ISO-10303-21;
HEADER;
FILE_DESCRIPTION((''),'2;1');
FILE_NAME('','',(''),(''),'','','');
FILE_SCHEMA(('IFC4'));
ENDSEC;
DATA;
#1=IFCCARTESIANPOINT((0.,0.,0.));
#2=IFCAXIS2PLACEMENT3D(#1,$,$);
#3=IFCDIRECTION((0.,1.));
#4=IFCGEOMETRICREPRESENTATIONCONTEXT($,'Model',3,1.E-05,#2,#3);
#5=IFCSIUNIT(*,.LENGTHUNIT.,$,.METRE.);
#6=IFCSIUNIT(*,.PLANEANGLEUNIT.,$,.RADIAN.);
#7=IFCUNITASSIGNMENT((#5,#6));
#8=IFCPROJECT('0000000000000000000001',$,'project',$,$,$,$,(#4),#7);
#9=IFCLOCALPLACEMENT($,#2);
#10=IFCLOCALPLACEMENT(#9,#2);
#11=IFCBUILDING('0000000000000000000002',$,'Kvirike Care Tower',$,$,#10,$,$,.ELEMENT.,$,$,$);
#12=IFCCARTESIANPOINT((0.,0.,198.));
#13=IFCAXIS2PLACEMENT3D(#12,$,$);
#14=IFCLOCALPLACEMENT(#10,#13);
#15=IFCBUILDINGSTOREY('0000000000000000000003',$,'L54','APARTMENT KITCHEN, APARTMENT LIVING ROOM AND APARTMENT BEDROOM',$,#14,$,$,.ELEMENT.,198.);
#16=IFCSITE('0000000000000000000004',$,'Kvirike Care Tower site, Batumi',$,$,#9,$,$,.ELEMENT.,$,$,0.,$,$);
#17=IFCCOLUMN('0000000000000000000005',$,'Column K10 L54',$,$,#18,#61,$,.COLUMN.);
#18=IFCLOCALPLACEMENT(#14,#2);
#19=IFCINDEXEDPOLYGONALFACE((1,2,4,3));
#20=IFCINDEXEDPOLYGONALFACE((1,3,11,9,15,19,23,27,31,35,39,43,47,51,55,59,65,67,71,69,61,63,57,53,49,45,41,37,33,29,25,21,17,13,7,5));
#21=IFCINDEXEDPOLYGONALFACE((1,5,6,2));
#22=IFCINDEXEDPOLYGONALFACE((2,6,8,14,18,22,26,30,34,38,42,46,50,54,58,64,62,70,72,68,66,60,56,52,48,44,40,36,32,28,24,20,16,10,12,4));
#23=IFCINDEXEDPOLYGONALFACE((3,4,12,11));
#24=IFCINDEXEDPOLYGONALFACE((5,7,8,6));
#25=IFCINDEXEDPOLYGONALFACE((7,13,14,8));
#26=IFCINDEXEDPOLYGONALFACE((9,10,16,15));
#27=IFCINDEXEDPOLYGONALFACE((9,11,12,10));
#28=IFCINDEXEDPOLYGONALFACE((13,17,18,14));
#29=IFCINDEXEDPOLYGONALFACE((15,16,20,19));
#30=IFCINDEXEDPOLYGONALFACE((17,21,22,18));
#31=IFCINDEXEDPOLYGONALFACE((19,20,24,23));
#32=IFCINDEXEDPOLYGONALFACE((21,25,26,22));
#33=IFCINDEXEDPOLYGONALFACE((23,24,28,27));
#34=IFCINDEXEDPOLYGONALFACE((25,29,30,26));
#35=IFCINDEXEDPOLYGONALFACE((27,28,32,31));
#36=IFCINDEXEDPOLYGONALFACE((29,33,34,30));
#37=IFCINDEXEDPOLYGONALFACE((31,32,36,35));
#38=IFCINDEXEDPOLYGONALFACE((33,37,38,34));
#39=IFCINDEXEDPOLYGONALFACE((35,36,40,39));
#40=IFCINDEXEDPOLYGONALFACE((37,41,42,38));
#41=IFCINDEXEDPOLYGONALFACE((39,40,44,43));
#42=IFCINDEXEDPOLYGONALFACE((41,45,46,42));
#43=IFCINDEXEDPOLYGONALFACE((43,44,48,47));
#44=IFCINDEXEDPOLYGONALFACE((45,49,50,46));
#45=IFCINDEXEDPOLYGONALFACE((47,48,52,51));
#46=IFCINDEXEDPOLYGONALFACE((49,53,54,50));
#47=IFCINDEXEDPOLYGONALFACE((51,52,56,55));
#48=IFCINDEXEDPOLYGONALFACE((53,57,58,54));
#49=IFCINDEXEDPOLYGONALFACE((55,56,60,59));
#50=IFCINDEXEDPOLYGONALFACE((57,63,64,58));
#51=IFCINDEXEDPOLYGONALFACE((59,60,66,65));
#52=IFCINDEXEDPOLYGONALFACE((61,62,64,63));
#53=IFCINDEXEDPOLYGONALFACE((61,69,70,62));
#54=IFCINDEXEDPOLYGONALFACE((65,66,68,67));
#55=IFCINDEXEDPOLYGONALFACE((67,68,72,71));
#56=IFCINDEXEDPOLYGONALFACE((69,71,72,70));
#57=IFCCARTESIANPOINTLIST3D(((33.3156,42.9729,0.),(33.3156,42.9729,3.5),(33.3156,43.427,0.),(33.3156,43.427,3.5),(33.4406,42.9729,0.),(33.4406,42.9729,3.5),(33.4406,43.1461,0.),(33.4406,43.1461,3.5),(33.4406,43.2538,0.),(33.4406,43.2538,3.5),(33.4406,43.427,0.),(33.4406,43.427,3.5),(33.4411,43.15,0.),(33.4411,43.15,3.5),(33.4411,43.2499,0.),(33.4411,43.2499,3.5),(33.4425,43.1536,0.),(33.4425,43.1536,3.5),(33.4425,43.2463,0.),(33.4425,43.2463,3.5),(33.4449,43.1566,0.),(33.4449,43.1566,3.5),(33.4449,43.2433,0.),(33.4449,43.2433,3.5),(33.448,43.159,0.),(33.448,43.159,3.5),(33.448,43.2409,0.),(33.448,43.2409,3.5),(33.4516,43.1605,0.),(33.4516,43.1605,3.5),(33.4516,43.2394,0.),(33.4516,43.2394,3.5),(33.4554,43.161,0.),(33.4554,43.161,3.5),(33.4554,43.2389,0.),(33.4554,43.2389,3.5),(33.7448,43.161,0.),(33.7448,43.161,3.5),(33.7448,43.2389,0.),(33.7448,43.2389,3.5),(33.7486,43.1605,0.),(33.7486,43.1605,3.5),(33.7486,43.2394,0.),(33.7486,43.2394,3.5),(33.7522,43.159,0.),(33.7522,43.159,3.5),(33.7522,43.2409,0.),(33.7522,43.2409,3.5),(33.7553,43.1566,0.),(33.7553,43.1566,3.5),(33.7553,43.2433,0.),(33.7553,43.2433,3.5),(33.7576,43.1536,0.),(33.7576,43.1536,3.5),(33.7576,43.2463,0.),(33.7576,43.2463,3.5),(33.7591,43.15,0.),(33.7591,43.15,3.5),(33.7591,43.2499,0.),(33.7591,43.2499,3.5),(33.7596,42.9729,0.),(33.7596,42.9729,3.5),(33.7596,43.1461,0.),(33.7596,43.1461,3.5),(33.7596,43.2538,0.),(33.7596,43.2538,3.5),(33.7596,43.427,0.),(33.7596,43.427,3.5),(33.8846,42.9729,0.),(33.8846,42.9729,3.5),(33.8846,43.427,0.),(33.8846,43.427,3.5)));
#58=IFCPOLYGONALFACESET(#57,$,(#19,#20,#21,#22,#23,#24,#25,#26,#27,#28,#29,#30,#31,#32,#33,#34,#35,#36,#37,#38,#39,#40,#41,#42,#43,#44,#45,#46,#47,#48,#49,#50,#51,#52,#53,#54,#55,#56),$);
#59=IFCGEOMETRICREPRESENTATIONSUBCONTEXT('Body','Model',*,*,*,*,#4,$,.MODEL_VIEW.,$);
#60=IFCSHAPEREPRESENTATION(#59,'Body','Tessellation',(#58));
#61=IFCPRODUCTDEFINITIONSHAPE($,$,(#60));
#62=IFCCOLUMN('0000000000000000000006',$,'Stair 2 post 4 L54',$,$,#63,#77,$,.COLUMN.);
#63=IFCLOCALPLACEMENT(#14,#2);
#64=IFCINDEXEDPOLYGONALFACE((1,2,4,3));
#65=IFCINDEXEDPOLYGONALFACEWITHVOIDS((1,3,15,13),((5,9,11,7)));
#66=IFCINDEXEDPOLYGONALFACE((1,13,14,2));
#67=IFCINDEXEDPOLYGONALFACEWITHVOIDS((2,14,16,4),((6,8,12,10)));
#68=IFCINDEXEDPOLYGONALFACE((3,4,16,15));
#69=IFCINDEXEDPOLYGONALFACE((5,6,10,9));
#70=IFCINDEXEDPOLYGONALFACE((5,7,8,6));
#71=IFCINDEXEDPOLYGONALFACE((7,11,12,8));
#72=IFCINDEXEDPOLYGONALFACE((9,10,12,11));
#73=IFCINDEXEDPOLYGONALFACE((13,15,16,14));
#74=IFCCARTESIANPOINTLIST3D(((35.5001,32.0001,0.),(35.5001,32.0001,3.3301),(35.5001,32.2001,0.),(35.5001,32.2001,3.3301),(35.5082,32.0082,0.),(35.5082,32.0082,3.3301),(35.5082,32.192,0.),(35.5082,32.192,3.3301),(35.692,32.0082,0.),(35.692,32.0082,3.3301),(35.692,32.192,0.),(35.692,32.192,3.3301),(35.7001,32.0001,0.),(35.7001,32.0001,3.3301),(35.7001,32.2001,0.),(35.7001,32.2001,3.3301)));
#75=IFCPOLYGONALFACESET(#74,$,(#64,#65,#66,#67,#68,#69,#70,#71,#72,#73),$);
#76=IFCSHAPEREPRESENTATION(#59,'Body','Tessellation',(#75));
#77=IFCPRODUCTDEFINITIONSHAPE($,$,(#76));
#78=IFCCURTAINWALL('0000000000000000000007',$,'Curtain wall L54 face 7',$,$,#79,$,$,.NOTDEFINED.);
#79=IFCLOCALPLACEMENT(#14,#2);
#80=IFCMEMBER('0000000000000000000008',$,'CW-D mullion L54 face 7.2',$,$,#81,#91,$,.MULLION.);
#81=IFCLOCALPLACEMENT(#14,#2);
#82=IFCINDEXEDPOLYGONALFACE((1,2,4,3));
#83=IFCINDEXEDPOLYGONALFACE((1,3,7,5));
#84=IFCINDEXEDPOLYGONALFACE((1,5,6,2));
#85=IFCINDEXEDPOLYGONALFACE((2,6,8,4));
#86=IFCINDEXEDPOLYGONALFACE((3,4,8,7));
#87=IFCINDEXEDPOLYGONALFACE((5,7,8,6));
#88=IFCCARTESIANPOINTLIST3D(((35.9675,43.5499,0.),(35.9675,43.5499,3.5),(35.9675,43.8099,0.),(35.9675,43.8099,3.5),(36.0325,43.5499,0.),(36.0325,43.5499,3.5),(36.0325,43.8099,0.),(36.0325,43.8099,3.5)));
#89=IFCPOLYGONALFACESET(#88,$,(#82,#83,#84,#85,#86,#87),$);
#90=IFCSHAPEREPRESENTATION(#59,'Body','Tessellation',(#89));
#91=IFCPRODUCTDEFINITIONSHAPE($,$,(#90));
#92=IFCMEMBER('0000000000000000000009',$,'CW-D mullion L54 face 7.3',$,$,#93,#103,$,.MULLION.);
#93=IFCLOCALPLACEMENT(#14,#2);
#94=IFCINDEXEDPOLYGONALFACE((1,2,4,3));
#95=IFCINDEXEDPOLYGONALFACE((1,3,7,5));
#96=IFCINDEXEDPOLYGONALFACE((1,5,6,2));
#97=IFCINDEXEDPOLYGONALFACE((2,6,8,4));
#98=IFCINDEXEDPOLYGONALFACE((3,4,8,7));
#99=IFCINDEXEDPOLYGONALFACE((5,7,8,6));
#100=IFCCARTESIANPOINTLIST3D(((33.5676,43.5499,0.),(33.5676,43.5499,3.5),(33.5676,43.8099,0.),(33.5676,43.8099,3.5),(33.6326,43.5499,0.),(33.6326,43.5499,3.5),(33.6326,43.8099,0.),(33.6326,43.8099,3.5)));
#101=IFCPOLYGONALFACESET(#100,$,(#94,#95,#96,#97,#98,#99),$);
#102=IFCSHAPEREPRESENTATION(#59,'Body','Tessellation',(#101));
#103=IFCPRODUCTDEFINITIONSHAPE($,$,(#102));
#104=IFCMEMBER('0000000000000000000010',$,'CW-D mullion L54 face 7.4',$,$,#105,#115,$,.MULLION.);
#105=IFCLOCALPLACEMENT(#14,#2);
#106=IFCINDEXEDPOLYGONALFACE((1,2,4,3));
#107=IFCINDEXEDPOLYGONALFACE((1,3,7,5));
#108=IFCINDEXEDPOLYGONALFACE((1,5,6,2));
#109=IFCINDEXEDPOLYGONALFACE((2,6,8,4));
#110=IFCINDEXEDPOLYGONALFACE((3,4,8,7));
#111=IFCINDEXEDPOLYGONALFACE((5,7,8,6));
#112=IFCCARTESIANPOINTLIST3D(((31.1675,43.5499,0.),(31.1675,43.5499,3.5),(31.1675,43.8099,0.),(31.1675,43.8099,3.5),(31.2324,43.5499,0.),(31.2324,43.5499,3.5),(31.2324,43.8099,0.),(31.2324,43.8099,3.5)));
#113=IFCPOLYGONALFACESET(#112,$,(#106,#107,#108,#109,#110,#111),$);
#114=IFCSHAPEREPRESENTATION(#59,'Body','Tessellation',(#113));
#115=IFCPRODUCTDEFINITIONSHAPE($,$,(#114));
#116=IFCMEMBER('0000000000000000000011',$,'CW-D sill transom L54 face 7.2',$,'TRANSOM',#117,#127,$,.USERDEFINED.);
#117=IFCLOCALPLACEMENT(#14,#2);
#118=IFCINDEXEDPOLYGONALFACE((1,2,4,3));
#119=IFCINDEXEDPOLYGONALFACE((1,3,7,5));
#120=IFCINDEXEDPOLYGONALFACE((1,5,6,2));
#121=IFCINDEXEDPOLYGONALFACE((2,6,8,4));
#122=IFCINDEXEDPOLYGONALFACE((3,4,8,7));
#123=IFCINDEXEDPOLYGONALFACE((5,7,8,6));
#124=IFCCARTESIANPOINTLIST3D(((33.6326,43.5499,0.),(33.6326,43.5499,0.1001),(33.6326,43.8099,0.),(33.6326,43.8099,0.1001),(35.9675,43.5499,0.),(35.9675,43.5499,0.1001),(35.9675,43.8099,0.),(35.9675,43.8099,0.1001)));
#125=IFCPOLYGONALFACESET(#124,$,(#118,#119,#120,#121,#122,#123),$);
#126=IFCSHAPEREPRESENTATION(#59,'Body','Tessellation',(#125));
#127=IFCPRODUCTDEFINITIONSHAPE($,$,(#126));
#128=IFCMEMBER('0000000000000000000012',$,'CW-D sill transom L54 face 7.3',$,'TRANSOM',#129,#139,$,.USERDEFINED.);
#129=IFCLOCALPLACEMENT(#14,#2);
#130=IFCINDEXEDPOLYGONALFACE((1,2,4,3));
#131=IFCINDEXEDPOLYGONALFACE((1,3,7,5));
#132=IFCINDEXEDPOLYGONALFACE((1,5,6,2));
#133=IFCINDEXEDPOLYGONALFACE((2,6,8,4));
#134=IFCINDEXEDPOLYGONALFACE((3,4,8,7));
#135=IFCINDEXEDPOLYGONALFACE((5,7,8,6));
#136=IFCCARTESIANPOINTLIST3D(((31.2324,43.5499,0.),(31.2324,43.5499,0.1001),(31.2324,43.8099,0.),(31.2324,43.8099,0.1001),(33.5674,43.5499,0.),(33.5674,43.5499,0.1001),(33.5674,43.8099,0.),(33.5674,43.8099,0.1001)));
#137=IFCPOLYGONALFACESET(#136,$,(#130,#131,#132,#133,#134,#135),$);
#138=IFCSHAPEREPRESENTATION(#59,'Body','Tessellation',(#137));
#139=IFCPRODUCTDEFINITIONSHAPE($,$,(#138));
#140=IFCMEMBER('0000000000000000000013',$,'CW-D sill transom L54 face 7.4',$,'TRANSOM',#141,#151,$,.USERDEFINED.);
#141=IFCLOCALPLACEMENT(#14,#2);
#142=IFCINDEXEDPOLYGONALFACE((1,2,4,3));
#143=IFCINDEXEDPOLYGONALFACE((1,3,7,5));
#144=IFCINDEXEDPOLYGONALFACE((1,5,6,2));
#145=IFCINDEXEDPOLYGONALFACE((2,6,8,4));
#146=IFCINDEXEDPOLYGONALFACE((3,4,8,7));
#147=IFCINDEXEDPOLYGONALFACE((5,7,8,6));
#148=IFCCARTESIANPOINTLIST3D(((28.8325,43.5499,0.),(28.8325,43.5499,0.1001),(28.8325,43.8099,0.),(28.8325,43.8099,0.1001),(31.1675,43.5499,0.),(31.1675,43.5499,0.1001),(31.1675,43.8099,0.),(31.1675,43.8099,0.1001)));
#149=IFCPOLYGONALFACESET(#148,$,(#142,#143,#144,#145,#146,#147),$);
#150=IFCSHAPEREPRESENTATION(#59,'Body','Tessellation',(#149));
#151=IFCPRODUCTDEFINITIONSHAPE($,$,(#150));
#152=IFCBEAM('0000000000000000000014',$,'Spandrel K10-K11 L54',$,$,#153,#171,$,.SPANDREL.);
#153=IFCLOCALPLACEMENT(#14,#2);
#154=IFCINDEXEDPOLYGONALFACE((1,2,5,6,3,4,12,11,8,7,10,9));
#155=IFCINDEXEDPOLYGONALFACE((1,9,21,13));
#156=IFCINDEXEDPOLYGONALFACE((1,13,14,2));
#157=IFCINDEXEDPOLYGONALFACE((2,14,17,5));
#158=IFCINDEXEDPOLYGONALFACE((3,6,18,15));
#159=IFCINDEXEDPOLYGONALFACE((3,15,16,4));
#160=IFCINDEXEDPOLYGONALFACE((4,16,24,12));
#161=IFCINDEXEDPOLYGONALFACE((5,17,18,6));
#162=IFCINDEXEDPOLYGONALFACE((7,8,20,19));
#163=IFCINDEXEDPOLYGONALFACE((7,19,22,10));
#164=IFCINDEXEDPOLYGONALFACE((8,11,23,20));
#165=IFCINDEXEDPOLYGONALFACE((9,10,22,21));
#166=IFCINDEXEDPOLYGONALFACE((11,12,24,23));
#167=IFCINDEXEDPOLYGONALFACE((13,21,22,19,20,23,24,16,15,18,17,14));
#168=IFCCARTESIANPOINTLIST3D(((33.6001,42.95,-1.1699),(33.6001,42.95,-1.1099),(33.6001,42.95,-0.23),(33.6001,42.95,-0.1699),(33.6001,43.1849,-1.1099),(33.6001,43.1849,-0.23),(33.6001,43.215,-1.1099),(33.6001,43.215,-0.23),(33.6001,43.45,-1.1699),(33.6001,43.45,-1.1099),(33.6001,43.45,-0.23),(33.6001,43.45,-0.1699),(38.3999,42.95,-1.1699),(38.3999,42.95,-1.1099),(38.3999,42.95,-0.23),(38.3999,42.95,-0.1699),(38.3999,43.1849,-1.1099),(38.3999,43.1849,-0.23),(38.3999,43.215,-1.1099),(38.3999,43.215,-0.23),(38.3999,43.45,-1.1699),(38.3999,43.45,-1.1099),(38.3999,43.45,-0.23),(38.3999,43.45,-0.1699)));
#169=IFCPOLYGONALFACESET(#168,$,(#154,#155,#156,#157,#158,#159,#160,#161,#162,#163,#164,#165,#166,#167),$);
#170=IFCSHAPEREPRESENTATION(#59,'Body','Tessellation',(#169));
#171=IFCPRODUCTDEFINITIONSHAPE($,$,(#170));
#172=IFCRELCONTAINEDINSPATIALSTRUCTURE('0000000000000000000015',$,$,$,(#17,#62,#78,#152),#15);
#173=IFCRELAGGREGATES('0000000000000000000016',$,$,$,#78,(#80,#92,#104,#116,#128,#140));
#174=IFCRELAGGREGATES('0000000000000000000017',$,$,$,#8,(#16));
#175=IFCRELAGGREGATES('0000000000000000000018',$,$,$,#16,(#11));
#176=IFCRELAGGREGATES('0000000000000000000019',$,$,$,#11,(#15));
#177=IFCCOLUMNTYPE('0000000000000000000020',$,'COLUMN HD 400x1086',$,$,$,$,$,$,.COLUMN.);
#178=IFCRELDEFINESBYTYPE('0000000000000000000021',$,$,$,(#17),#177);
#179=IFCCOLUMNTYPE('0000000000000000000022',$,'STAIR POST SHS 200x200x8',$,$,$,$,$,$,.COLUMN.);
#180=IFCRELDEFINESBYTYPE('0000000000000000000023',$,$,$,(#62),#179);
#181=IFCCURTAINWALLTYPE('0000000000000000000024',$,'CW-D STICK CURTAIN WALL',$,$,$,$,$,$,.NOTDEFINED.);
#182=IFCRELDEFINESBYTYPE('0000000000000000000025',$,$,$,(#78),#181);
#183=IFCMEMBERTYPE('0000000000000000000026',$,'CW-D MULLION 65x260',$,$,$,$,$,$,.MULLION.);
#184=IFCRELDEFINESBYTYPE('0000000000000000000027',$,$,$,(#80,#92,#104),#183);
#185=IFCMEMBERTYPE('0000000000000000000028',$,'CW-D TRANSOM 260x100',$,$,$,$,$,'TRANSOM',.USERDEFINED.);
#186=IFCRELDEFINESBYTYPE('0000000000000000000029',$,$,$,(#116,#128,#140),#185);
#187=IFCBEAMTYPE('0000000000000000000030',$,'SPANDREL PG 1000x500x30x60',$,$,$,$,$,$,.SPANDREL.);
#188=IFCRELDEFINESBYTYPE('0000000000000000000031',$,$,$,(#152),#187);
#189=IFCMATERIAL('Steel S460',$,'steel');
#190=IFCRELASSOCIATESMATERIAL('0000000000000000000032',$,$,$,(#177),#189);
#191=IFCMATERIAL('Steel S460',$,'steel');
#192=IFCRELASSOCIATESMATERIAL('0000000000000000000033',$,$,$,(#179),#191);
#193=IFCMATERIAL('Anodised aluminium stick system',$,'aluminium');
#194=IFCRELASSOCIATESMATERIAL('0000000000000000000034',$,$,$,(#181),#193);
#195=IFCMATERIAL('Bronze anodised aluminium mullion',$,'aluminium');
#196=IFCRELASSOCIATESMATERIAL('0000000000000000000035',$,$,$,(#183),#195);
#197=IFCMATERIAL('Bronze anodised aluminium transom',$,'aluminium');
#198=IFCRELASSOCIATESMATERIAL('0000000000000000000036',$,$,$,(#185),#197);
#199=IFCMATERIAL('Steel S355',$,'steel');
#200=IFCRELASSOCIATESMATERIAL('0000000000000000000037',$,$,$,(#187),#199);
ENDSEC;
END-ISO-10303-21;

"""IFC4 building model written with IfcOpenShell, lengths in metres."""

from ifc_helpers import new_model, si_unit, direction, frame, origin, origin_2d, place, context, subcontext, project, spatial, rectangle, hollow_rectangle, i_section, extrude, material, material_profile, profile_set, type_object, element, aggregate, save


model = new_model("IFC4")

# Units and contexts
model_context = context("Model", 3, precision=1e-05, world=origin(), true_north=direction((0.0, 1.0)))
body_context = subcontext(model_context, "Body", "Model", "MODEL_VIEW")
ifc_project = project(units=[si_unit("LENGTHUNIT", "METRE"), si_unit("PLANEANGLEUNIT", "RADIAN")], contexts=[model_context])

# Site, building, storey
site_placement = place(None, origin())
site = spatial("IfcSite", under=ifc_project, at=site_placement, Name="Kvirike Care Tower site, Batumi", CompositionType="ELEMENT", RefElevation=0.0)
building_placement = place(site_placement, origin())
building = spatial("IfcBuilding", under=site, at=building_placement, Name="Kvirike Care Tower", CompositionType="ELEMENT")
storey_placement = place(building_placement, frame((0.0, 0.0, 198.0)))
storey = spatial("IfcBuildingStorey", under=building, at=storey_placement, Name="L54", Description="APARTMENT KITCHEN, APARTMENT LIVING ROOM AND APARTMENT BEDROOM", CompositionType="ELEMENT", Elevation=198.0)

# Columns
ifc_material_1 = material(Name="Steel S460", Category="steel")
ifc_material_profile_1 = material_profile(ifc_material_1, i_section(OverallWidth=0.4541, OverallDepth=0.5691, WebThickness=0.0779, FlangeThickness=0.125, FilletRadius=0.0149, at=origin_2d()), Name="HD 400x1086")
ifc_profile_set_1 = profile_set([ifc_material_profile_1], Name="Steel S460")
column_type_1 = type_object("IfcColumnType", Name="COLUMN HD 400x1086", PredefinedType="COLUMN", material=ifc_profile_set_1)
column_1_placement = place(storey_placement, frame((33.6001, 43.2, 0.0), z_axis=(0.0, 0.0, 1.0), x_axis=(0.0, 1.0, 0.0)))
element("IfcColumn", 1, at=column_1_placement, inside=storey, type_object=column_type_1, Name="Column K10 L54", PredefinedType="COLUMN", context=body_context, shape_type="SweptSolid", body=[
    extrude(i_section(OverallWidth=0.4541, OverallDepth=0.5691, WebThickness=0.0779, FlangeThickness=0.125, FilletRadius=0.0149, at=origin_2d()), origin(), (0.0, 0.0, 1.0), 3.5),
])
ifc_material_2 = material(Name="Steel S460", Category="steel")
ifc_material_profile_2 = material_profile(ifc_material_2, hollow_rectangle(XDim=0.2, YDim=0.2, WallThickness=0.0081, at=origin_2d()), Name="SHS 200x200x8")
ifc_profile_set_2 = profile_set([ifc_material_profile_2], Name="Steel S460")
column_type_2 = type_object("IfcColumnType", Name="STAIR POST SHS 200x200x8", PredefinedType="COLUMN", material=ifc_profile_set_2)
column_2_placement = place(storey_placement, frame((35.6001, 32.1001, 0.0), z_axis=(0.0, 0.0, 1.0), x_axis=(1.0, 0.0, 0.0)))
element("IfcColumn", 2, at=column_2_placement, inside=storey, type_object=column_type_2, Name="Stair 2 post 4 L54", PredefinedType="COLUMN", context=body_context, shape_type="SweptSolid", body=[
    extrude(hollow_rectangle(XDim=0.2, YDim=0.2, WallThickness=0.0081, at=origin_2d()), origin(), (0.0, 0.0, 1.0), 3.3301),
])

# Curtain wall, members
ifc_material_3 = material(Name="Anodised aluminium stick system", Category="aluminium")
curtain_wall_type = type_object("IfcCurtainWallType", Name="CW-D STICK CURTAIN WALL", PredefinedType="NOTDEFINED", material=ifc_material_3)
curtain_wall_placement = place(storey_placement, origin())
curtain_wall = element("IfcCurtainWall", 3, at=curtain_wall_placement, inside=storey, type_object=curtain_wall_type, Name="Curtain wall L54 face 7", PredefinedType="NOTDEFINED")
ifc_material_4 = material(Name="Bronze anodised aluminium mullion", Category="aluminium")
ifc_material_profile_3 = material_profile(ifc_material_4, rectangle(XDim=0.0649, YDim=0.26, at=origin_2d()), Name="CW-D MULLION 65x260")
ifc_profile_set_3 = profile_set([ifc_material_profile_3], Name="Bronze anodised aluminium mullion")
member_type_1 = type_object("IfcMemberType", Name="CW-D MULLION 65x260", PredefinedType="MULLION", material=ifc_profile_set_3)
member_1_placement = place(storey_placement, frame((36.0, 43.6799, 0.0), z_axis=(0.0, 0.0, 1.0), x_axis=(-1.0, 0.0, 0.0)))
member_1 = element("IfcMember", 4, at=member_1_placement, type_object=member_type_1, Name="CW-D mullion L54 face 7.2", PredefinedType="MULLION", context=body_context, shape_type="SweptSolid", body=[
    extrude(rectangle(XDim=0.0649, YDim=0.26, at=origin_2d()), origin(), (0.0, 0.0, 1.0), 3.5),
])
member_2_placement = place(storey_placement, frame((33.6001, 43.6799, 0.0), z_axis=(0.0, 0.0, 1.0), x_axis=(-1.0, 0.0, 0.0)))
member_2 = element("IfcMember", 5, at=member_2_placement, type_object=member_type_1, Name="CW-D mullion L54 face 7.3", PredefinedType="MULLION", context=body_context, shape_type="SweptSolid", body=[
    extrude(rectangle(XDim=0.0649, YDim=0.26, at=origin_2d()), origin(), (0.0, 0.0, 1.0), 3.5),
])
member_3_placement = place(storey_placement, frame((31.2, 43.6799, 0.0), z_axis=(0.0, 0.0, 1.0), x_axis=(-1.0, 0.0, 0.0)))
member_3 = element("IfcMember", 6, at=member_3_placement, type_object=member_type_1, Name="CW-D mullion L54 face 7.4", PredefinedType="MULLION", context=body_context, shape_type="SweptSolid", body=[
    extrude(rectangle(XDim=0.0649, YDim=0.26, at=origin_2d()), origin(), (0.0, 0.0, 1.0), 3.5),
])
ifc_material_5 = material(Name="Bronze anodised aluminium transom", Category="aluminium")
ifc_material_profile_4 = material_profile(ifc_material_5, rectangle(XDim=0.26, YDim=0.1001, at=origin_2d()), Name="CW-D TRANSOM 260x100")
ifc_profile_set_4 = profile_set([ifc_material_profile_4], Name="Bronze anodised aluminium transom")
member_type_2 = type_object("IfcMemberType", Name="CW-D TRANSOM 260x100", ElementType="TRANSOM", PredefinedType="USERDEFINED", material=ifc_profile_set_4)
member_4_placement = place(storey_placement, frame((35.9675, 43.6799, 0.05), z_axis=(-1.0, 0.0, 0.0), x_axis=(0.0, -1.0, 0.0)))
member_4 = element("IfcMember", 7, at=member_4_placement, type_object=member_type_2, Name="CW-D sill transom L54 face 7.2", ObjectType="TRANSOM", PredefinedType="USERDEFINED", context=body_context, shape_type="SweptSolid", body=[
    extrude(rectangle(XDim=0.26, YDim=0.1001, at=origin_2d()), origin(), (0.0, 0.0, 1.0), 2.335),
])
member_5_placement = place(storey_placement, frame((33.5674, 43.6799, 0.05), z_axis=(-1.0, 0.0, 0.0), x_axis=(0.0, -1.0, 0.0)))
member_5 = element("IfcMember", 8, at=member_5_placement, type_object=member_type_2, Name="CW-D sill transom L54 face 7.3", ObjectType="TRANSOM", PredefinedType="USERDEFINED", context=body_context, shape_type="SweptSolid", body=[
    extrude(rectangle(XDim=0.26, YDim=0.1001, at=origin_2d()), origin(), (0.0, 0.0, 1.0), 2.335),
])
member_6_placement = place(storey_placement, frame((31.1675, 43.6799, 0.05), z_axis=(-1.0, 0.0, 0.0), x_axis=(0.0, -1.0, 0.0)))
member_6 = element("IfcMember", 9, at=member_6_placement, type_object=member_type_2, Name="CW-D sill transom L54 face 7.4", ObjectType="TRANSOM", PredefinedType="USERDEFINED", context=body_context, shape_type="SweptSolid", body=[
    extrude(rectangle(XDim=0.26, YDim=0.1001, at=origin_2d()), origin(), (0.0, 0.0, 1.0), 2.335),
])

# Beam
ifc_material_6 = material(Name="Steel S355", Category="steel")
ifc_material_profile_5 = material_profile(ifc_material_6, i_section(OverallWidth=0.5, OverallDepth=1.0, WebThickness=0.03, FlangeThickness=0.0601, at=origin_2d()), Name="PG 1000x500x30x60")
ifc_profile_set_5 = profile_set([ifc_material_profile_5], Name="Steel S355")
beam_type_1 = type_object("IfcBeamType", Name="SPANDREL PG 1000x500x30x60", PredefinedType="SPANDREL", material=ifc_profile_set_5)
beam_1_placement = place(storey_placement, frame((33.6001, 43.2, -0.6699), z_axis=(1.0, 0.0, 0.0), x_axis=(0.0, 1.0, 0.0)))
element("IfcBeam", 10, at=beam_1_placement, inside=storey, type_object=beam_type_1, Name="Spandrel K10-K11 L54", PredefinedType="SPANDREL", context=body_context, shape_type="SweptSolid", body=[
    extrude(i_section(OverallWidth=0.5, OverallDepth=1.0, WebThickness=0.03, FlangeThickness=0.0601, at=origin_2d()), origin(), (0.0, 0.0, 1.0), 4.7998),
])

aggregate(curtain_wall, [member_1, member_2, member_3, member_4, member_5, member_6])

save(model, "model.ifc")
